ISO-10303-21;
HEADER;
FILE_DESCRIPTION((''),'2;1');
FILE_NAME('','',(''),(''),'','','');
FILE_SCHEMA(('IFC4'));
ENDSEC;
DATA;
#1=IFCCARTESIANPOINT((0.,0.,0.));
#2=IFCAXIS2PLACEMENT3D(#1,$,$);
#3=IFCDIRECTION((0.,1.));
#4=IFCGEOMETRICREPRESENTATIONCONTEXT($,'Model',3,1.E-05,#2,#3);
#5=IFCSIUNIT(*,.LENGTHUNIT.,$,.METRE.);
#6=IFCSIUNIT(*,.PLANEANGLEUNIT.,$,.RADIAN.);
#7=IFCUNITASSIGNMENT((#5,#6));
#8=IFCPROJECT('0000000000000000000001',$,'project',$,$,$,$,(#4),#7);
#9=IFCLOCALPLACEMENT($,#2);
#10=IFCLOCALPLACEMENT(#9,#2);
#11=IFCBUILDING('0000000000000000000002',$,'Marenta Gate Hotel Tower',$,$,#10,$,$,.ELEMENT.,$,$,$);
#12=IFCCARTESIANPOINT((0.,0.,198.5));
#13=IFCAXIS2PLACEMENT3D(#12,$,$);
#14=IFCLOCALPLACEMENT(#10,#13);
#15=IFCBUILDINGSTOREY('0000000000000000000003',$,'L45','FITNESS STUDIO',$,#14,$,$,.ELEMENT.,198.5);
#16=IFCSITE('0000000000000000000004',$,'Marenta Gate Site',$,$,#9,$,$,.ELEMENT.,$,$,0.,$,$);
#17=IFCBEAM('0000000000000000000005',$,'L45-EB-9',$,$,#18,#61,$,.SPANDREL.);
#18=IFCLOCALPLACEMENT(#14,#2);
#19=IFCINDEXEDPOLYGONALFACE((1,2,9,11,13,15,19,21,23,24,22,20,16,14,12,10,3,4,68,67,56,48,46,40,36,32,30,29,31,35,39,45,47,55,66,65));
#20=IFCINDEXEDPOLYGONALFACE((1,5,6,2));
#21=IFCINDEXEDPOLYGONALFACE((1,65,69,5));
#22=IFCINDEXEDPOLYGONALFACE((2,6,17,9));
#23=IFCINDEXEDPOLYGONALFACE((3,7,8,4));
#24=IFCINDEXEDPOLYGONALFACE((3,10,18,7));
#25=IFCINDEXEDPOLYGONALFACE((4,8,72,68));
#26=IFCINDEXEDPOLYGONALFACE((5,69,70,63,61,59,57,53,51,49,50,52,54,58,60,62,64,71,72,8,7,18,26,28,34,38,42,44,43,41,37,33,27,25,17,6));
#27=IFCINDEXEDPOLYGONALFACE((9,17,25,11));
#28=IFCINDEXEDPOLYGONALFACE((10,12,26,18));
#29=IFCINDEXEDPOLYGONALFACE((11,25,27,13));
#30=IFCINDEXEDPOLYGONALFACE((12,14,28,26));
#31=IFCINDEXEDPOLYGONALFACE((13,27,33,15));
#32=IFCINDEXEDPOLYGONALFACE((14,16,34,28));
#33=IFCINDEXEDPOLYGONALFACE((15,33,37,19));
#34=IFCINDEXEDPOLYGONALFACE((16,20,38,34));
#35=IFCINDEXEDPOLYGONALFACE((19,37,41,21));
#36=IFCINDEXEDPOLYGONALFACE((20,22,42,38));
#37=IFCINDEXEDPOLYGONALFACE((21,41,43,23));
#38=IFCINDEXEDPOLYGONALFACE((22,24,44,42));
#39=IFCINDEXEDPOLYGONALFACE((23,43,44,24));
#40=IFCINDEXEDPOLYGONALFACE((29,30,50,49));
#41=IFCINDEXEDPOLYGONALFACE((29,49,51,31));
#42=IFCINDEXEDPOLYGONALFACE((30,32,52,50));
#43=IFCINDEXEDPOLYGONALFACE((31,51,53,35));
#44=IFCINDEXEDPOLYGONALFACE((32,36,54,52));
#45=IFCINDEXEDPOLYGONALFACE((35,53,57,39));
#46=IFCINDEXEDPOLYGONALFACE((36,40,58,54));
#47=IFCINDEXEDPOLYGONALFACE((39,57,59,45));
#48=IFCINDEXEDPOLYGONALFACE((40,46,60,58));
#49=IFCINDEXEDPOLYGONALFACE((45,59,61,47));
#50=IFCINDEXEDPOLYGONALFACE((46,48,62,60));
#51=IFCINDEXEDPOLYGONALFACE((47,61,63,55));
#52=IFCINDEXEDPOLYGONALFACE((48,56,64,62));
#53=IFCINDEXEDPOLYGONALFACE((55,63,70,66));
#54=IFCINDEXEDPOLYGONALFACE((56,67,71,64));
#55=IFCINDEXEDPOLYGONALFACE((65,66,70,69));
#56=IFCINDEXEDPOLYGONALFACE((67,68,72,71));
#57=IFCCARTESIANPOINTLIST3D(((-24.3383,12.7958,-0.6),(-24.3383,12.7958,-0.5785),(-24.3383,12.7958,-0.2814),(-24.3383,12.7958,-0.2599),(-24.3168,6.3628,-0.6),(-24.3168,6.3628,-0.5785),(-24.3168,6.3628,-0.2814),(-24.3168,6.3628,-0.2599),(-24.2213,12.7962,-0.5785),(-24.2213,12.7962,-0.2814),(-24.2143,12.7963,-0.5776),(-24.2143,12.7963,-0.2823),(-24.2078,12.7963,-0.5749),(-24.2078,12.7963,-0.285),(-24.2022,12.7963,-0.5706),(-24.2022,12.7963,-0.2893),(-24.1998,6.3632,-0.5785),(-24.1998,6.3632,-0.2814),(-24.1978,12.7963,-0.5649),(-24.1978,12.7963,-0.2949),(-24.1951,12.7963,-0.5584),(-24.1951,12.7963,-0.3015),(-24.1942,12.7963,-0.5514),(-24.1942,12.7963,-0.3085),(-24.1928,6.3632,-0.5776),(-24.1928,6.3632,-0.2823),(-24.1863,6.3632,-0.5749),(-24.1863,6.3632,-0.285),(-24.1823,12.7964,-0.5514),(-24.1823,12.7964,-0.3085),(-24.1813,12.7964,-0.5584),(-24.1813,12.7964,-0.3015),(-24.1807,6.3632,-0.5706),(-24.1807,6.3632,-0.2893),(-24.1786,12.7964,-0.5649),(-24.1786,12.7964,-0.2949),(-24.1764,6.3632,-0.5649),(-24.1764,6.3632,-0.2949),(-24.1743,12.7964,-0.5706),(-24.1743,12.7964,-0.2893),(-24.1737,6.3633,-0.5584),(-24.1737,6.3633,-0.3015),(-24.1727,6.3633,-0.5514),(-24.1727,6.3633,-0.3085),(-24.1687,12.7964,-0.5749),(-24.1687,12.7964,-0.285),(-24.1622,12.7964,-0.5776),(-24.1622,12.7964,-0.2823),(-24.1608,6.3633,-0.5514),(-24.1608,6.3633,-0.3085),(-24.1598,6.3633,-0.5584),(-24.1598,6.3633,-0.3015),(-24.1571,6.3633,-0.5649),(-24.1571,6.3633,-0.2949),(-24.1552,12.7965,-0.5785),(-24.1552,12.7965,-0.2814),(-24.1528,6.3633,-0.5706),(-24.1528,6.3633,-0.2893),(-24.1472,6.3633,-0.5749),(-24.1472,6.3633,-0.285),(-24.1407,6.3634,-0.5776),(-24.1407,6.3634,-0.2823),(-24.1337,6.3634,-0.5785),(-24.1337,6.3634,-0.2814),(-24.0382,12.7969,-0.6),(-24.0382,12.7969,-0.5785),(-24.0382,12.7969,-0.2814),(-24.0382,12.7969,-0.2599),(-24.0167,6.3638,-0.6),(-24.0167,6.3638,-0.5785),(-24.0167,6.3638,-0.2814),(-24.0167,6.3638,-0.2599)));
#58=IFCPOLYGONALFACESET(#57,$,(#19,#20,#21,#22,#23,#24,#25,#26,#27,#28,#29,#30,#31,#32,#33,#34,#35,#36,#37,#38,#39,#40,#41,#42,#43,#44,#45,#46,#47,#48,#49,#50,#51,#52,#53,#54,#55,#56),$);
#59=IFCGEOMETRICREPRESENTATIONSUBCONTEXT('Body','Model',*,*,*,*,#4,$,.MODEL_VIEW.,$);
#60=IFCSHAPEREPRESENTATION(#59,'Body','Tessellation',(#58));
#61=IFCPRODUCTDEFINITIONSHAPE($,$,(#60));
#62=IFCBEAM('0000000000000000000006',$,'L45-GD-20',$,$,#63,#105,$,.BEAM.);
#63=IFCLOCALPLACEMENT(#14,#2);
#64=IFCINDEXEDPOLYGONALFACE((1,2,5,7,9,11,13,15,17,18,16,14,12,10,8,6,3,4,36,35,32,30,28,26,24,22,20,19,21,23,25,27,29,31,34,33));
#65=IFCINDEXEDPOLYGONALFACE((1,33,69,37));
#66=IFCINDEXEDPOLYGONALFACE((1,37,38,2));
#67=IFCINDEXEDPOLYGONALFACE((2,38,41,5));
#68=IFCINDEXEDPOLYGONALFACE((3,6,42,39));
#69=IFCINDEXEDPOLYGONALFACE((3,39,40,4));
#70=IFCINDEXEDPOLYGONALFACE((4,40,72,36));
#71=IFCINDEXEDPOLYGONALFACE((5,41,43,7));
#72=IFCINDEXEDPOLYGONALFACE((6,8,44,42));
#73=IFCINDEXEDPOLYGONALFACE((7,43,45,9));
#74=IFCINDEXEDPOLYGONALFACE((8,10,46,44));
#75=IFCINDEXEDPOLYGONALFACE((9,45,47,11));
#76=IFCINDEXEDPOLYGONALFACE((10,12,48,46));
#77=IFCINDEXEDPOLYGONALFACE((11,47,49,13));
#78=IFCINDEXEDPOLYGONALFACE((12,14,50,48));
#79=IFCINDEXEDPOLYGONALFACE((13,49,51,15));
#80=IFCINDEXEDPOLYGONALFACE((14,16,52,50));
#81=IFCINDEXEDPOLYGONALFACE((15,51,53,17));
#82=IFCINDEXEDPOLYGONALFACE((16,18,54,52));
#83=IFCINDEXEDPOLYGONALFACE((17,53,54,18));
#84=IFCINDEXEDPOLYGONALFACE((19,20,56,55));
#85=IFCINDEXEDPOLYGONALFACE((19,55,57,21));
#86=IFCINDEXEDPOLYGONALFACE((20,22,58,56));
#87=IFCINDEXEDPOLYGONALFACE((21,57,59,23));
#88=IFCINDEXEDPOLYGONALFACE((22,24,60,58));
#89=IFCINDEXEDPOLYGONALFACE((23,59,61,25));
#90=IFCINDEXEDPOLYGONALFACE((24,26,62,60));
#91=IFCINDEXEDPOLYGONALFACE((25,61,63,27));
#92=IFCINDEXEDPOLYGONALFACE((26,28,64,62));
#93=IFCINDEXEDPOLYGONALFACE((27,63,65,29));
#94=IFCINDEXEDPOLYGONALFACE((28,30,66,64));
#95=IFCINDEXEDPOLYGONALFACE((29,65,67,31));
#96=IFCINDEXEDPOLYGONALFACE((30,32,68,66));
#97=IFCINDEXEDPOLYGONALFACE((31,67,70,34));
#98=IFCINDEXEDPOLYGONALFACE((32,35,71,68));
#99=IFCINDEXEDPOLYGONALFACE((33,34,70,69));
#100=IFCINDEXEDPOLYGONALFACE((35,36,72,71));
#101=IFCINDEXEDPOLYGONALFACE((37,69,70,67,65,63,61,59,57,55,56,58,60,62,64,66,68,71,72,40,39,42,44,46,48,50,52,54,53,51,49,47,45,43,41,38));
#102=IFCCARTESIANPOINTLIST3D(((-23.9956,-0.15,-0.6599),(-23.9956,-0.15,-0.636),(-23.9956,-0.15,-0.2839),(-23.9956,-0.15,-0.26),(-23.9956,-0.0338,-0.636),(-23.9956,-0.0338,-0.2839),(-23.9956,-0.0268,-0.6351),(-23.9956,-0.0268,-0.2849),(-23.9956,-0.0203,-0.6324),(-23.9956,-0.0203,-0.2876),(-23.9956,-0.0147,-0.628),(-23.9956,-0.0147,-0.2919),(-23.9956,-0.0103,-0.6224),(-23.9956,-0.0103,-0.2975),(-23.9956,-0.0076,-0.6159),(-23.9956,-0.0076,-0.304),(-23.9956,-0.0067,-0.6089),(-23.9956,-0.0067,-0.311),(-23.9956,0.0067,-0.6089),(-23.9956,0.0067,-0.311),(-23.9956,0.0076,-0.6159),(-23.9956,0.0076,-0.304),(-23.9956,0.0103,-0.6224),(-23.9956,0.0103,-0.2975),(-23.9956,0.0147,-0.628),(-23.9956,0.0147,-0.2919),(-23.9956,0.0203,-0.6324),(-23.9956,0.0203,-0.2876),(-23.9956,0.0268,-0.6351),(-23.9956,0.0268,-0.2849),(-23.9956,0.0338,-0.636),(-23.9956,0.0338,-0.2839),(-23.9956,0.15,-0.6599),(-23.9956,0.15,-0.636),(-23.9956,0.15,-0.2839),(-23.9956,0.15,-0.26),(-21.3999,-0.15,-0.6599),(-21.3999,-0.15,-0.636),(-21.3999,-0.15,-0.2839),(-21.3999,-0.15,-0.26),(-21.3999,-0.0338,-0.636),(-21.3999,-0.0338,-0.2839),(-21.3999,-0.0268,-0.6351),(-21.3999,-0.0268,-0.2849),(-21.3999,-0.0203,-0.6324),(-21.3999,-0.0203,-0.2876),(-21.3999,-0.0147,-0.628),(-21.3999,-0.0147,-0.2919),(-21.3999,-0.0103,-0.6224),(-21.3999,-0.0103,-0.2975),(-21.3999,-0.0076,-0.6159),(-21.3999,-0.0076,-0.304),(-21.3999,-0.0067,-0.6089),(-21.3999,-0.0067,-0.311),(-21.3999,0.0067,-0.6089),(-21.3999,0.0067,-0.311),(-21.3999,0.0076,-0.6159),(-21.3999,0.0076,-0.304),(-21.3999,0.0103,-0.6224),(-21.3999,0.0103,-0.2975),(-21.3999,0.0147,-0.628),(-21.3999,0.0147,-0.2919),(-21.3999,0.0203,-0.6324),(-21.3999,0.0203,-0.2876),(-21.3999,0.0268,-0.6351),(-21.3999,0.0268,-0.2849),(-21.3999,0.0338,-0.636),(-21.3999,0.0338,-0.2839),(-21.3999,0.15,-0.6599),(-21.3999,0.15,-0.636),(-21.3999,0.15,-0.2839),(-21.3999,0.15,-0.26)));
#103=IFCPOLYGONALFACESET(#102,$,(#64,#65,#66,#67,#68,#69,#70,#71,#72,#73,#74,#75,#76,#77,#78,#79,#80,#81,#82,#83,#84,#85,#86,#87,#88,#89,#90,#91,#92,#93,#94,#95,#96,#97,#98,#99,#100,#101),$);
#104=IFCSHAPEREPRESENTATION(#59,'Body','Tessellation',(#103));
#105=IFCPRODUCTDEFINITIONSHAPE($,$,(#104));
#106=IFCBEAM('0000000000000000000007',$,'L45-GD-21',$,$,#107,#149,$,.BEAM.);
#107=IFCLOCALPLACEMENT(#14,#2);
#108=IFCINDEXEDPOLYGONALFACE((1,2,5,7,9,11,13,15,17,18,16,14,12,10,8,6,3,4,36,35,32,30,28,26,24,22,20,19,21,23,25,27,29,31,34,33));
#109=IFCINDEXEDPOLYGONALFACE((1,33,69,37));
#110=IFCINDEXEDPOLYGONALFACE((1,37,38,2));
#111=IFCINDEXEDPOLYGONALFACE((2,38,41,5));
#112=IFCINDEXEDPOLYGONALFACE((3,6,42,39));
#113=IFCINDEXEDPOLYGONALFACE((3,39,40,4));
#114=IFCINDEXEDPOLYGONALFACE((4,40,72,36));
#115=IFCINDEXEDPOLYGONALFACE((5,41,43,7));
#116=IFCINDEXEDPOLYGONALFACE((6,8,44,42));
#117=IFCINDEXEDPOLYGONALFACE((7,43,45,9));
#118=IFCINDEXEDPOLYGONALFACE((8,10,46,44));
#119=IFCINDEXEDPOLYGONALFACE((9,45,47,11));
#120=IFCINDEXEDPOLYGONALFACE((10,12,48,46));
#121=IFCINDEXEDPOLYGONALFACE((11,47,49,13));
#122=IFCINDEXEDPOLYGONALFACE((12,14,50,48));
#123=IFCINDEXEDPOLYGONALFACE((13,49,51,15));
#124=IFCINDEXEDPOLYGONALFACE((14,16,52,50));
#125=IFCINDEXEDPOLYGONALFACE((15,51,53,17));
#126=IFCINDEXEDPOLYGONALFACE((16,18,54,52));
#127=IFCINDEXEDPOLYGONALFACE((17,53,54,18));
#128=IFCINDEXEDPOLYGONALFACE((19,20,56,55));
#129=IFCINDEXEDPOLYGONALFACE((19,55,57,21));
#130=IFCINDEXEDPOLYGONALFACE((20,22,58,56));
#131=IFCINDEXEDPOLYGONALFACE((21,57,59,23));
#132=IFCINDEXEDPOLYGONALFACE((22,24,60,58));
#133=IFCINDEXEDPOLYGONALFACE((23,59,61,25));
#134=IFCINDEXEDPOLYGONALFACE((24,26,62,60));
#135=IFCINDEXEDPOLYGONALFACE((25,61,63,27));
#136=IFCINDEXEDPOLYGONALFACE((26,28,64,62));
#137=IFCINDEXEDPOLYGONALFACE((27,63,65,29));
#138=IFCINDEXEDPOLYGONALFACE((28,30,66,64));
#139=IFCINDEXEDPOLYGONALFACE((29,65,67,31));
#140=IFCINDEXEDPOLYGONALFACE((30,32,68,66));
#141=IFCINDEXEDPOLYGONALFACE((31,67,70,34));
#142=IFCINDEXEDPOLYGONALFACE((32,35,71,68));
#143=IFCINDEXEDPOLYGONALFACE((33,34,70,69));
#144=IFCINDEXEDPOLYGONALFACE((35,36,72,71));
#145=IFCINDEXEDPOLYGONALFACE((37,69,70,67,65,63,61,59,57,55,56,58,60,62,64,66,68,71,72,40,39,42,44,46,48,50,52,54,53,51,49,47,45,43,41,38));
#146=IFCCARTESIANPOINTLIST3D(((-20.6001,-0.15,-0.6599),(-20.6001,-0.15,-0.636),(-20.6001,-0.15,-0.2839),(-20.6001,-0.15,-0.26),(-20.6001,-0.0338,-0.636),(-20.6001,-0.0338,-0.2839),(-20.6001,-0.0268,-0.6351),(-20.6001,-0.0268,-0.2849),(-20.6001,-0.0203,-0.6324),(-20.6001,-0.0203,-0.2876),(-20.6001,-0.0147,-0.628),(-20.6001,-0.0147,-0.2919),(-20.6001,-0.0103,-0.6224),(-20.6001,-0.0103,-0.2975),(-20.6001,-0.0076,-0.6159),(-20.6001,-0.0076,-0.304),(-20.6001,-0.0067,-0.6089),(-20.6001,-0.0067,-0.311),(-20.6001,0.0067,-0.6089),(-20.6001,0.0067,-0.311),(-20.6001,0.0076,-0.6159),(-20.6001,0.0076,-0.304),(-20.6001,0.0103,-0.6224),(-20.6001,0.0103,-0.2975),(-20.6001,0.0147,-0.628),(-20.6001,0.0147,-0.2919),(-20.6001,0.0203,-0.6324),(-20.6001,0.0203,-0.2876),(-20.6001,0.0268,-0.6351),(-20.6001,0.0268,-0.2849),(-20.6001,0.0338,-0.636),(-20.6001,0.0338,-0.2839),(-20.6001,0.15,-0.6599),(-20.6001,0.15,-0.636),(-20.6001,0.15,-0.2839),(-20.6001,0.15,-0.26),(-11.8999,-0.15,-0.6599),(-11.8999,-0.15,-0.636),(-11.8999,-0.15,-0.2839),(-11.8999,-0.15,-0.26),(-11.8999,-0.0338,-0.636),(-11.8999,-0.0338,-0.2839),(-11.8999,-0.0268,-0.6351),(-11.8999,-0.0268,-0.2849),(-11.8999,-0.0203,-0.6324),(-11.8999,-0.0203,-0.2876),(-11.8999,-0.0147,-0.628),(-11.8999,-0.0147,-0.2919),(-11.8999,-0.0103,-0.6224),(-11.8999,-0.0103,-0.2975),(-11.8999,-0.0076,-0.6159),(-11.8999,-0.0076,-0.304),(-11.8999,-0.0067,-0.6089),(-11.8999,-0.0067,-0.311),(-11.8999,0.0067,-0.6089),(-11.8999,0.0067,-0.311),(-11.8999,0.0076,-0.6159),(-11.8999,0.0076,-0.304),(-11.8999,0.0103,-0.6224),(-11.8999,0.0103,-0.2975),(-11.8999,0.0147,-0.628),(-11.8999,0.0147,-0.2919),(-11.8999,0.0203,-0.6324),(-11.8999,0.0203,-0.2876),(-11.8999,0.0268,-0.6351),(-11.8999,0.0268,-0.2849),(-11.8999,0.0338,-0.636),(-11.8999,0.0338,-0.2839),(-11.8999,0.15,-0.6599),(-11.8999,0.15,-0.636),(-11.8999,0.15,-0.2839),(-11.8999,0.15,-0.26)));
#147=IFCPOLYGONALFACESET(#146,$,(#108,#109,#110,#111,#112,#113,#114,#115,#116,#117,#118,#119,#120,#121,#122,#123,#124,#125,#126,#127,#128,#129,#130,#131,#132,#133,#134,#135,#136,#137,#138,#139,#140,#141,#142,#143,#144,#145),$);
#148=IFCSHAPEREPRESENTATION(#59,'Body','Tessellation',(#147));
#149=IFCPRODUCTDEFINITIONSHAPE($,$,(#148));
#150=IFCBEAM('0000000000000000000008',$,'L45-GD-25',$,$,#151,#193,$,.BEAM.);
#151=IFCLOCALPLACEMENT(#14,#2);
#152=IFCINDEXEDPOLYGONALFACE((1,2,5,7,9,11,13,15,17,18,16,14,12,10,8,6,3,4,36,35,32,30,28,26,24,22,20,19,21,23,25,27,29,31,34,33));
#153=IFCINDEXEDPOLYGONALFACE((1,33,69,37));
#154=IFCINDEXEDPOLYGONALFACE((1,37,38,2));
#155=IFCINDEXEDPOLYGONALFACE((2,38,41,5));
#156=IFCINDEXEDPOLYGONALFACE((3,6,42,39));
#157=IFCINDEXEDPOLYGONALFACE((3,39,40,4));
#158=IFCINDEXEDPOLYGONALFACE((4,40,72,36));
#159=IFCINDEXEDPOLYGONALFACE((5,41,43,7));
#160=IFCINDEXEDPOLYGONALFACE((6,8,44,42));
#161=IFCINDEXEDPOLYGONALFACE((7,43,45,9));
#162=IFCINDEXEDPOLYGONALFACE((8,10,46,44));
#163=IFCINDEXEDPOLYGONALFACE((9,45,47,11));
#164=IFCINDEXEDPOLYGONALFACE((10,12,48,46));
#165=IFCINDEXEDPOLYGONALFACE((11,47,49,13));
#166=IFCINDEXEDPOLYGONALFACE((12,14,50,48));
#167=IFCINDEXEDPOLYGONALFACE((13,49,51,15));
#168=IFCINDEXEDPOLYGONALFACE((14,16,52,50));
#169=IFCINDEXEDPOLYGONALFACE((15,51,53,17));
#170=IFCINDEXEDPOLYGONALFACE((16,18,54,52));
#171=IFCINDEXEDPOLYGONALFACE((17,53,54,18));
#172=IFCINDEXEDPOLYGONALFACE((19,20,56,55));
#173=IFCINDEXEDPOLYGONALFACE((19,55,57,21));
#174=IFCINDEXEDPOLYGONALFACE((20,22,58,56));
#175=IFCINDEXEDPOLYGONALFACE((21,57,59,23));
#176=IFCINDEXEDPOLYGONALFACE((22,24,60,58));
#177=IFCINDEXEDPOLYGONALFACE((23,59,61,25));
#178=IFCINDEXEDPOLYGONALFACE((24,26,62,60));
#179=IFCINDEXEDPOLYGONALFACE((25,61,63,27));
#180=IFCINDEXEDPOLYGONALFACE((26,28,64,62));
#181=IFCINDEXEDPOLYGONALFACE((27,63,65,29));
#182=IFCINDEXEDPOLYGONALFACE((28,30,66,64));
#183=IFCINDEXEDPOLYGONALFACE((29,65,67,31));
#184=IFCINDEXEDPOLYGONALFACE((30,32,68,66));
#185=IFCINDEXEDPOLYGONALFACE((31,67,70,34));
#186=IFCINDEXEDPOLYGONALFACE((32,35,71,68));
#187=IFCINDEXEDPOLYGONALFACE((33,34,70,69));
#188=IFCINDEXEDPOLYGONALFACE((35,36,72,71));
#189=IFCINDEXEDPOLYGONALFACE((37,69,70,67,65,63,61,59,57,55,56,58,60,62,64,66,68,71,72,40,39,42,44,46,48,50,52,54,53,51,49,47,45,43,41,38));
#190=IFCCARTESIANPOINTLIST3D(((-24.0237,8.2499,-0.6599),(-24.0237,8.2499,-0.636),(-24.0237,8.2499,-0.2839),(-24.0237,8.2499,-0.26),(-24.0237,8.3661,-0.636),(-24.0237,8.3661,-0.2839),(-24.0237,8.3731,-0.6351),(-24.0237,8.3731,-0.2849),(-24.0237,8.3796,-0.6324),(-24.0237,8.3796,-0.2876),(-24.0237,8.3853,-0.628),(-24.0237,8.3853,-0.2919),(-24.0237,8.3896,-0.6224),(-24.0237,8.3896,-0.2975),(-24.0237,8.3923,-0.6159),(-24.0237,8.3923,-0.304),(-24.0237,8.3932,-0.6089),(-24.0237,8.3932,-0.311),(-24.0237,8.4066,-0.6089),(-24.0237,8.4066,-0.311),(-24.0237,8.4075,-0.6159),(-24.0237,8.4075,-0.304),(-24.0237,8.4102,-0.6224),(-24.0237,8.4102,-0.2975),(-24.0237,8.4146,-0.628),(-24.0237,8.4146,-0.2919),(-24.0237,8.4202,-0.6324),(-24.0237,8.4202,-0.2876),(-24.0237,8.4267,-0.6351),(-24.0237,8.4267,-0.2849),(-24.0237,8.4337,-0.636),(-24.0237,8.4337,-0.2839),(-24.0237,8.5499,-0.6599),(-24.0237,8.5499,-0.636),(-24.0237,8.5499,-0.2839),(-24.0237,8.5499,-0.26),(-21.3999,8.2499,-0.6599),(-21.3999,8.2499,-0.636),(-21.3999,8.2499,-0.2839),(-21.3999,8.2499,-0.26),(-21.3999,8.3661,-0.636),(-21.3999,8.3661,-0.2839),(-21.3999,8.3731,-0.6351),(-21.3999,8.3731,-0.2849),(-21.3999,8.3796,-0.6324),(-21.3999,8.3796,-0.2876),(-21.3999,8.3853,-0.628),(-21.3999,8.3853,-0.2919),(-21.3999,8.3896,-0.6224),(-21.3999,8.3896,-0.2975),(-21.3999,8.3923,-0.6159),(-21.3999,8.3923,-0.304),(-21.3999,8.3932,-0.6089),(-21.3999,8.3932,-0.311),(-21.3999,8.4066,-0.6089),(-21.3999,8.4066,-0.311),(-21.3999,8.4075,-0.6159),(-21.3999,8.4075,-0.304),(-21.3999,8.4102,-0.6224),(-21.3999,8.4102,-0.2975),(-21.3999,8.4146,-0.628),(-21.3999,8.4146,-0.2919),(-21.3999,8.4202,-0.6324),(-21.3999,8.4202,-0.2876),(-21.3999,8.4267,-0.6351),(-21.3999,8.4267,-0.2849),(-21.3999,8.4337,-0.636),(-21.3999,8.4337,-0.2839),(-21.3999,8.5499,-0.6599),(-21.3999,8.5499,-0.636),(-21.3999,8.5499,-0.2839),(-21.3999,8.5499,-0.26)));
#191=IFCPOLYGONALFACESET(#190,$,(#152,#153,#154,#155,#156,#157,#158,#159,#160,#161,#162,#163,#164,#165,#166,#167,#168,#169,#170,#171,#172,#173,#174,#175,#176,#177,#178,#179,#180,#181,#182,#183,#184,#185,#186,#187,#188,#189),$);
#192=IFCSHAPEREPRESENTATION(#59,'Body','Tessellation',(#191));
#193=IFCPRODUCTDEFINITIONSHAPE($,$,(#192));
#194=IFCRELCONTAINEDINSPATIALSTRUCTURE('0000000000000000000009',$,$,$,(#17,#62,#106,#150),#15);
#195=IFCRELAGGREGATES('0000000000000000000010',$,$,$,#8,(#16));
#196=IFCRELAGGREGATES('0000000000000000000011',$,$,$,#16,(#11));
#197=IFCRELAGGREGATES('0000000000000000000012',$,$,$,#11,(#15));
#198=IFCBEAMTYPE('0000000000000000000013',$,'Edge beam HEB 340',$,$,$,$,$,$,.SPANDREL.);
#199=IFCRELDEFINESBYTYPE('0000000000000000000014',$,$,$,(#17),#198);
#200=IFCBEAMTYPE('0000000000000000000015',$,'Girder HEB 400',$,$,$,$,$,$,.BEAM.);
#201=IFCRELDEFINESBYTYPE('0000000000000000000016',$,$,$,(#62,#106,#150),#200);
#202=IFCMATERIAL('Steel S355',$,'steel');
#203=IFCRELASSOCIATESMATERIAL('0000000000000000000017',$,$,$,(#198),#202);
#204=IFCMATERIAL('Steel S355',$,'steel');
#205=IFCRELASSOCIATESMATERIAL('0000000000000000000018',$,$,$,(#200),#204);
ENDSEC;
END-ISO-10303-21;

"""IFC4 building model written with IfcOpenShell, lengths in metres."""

from ifc_helpers import new_model, si_unit, direction, frame, origin, origin_2d, place, context, subcontext, project, spatial, i_section, extrude, material, material_profile, profile_set, type_object, element, save


model = new_model("IFC4")

# Units and contexts
model_context = context("Model", 3, precision=1e-05, world=origin(), true_north=direction((0.0, 1.0)))
body_context = subcontext(model_context, "Body", "Model", "MODEL_VIEW")
ifc_project = project(units=[si_unit("LENGTHUNIT", "METRE"), si_unit("PLANEANGLEUNIT", "RADIAN")], contexts=[model_context])

# Site, building, storey
site_placement = place(None, origin())
site = spatial("IfcSite", under=ifc_project, at=site_placement, Name="Marenta Gate Site", CompositionType="ELEMENT", RefElevation=0.0)
building_placement = place(site_placement, origin())
building = spatial("IfcBuilding", under=site, at=building_placement, Name="Marenta Gate Hotel Tower", CompositionType="ELEMENT")
storey_placement = place(building_placement, frame((0.0, 0.0, 198.5)))
storey = spatial("IfcBuildingStorey", under=building, at=storey_placement, Name="L45", Description="FITNESS STUDIO", CompositionType="ELEMENT", Elevation=198.5)

# Beams
ifc_material_1 = material(Name="Steel S355", Category="steel")
ifc_material_profile_1 = material_profile(ifc_material_1, i_section(OverallWidth=0.3, OverallDepth=0.3401, WebThickness=0.012, FlangeThickness=0.0215, FilletRadius=0.0271, at=origin_2d()), Name="HEB 340")
ifc_profile_set_1 = profile_set([ifc_material_profile_1], Name="Steel S355")
beam_type_1 = type_object("IfcBeamType", Name="Edge beam HEB 340", PredefinedType="SPANDREL", material=ifc_profile_set_1)
beam_1_placement = place(storey_placement, frame((-24.1667, 6.3633, -0.4299), z_axis=(-0.00334, 0.999994, 0.0), x_axis=(-0.999994, -0.00334, 0.0)))
element("IfcBeam", 1, at=beam_1_placement, inside=storey, type_object=beam_type_1, Name="L45-EB-9", PredefinedType="SPANDREL", context=body_context, shape_type="SweptSolid", body=[
    extrude(i_section(OverallWidth=0.3, OverallDepth=0.3401, WebThickness=0.012, FlangeThickness=0.0215, FilletRadius=0.0271, at=origin_2d()), origin(), (0.0, 0.0, 1.0), 6.4331),
])
ifc_material_2 = material(Name="Steel S355", Category="steel")
ifc_material_profile_2 = material_profile(ifc_material_2, i_section(OverallWidth=0.3, OverallDepth=0.3999, WebThickness=0.0134, FlangeThickness=0.0239, FilletRadius=0.0271, at=origin_2d()), Name="HEB 400")
ifc_profile_set_2 = profile_set([ifc_material_profile_2], Name="Steel S355")
beam_type_2 = type_object("IfcBeamType", Name="Girder HEB 400", PredefinedType="BEAM", material=ifc_profile_set_2)
beam_2_placement = place(storey_placement, frame((-23.9956, 0.0, -0.46), z_axis=(1.0, 0.0, 0.0), x_axis=(0.0, 1.0, 0.0)))
element("IfcBeam", 2, at=beam_2_placement, inside=storey, type_object=beam_type_2, Name="L45-GD-20", PredefinedType="BEAM", context=body_context, shape_type="SweptSolid", body=[
    extrude(i_section(OverallWidth=0.3, OverallDepth=0.3999, WebThickness=0.0134, FlangeThickness=0.0239, FilletRadius=0.0271, at=origin_2d()), origin(), (0.0, 0.0, 1.0), 2.5957),
])
beam_3_placement = place(storey_placement, frame((-20.6001, 0.0, -0.46), z_axis=(1.0, 0.0, 0.0), x_axis=(0.0, 1.0, 0.0)))
element("IfcBeam", 3, at=beam_3_placement, inside=storey, type_object=beam_type_2, Name="L45-GD-21", PredefinedType="BEAM", context=body_context, shape_type="SweptSolid", body=[
    extrude(i_section(OverallWidth=0.3, OverallDepth=0.3999, WebThickness=0.0134, FlangeThickness=0.0239, FilletRadius=0.0271, at=origin_2d()), origin(), (0.0, 0.0, 1.0), 8.7002),
])
beam_4_placement = place(storey_placement, frame((-24.0237, 8.3999, -0.46), z_axis=(1.0, 0.0, 0.0), x_axis=(0.0, 1.0, 0.0)))
element("IfcBeam", 4, at=beam_4_placement, inside=storey, type_object=beam_type_2, Name="L45-GD-25", PredefinedType="BEAM", context=body_context, shape_type="SweptSolid", body=[
    extrude(i_section(OverallWidth=0.3, OverallDepth=0.3999, WebThickness=0.0134, FlangeThickness=0.0239, FilletRadius=0.0271, at=origin_2d()), origin(), (0.0, 0.0, 1.0), 2.6238),
])

save(model, "model.ifc")
